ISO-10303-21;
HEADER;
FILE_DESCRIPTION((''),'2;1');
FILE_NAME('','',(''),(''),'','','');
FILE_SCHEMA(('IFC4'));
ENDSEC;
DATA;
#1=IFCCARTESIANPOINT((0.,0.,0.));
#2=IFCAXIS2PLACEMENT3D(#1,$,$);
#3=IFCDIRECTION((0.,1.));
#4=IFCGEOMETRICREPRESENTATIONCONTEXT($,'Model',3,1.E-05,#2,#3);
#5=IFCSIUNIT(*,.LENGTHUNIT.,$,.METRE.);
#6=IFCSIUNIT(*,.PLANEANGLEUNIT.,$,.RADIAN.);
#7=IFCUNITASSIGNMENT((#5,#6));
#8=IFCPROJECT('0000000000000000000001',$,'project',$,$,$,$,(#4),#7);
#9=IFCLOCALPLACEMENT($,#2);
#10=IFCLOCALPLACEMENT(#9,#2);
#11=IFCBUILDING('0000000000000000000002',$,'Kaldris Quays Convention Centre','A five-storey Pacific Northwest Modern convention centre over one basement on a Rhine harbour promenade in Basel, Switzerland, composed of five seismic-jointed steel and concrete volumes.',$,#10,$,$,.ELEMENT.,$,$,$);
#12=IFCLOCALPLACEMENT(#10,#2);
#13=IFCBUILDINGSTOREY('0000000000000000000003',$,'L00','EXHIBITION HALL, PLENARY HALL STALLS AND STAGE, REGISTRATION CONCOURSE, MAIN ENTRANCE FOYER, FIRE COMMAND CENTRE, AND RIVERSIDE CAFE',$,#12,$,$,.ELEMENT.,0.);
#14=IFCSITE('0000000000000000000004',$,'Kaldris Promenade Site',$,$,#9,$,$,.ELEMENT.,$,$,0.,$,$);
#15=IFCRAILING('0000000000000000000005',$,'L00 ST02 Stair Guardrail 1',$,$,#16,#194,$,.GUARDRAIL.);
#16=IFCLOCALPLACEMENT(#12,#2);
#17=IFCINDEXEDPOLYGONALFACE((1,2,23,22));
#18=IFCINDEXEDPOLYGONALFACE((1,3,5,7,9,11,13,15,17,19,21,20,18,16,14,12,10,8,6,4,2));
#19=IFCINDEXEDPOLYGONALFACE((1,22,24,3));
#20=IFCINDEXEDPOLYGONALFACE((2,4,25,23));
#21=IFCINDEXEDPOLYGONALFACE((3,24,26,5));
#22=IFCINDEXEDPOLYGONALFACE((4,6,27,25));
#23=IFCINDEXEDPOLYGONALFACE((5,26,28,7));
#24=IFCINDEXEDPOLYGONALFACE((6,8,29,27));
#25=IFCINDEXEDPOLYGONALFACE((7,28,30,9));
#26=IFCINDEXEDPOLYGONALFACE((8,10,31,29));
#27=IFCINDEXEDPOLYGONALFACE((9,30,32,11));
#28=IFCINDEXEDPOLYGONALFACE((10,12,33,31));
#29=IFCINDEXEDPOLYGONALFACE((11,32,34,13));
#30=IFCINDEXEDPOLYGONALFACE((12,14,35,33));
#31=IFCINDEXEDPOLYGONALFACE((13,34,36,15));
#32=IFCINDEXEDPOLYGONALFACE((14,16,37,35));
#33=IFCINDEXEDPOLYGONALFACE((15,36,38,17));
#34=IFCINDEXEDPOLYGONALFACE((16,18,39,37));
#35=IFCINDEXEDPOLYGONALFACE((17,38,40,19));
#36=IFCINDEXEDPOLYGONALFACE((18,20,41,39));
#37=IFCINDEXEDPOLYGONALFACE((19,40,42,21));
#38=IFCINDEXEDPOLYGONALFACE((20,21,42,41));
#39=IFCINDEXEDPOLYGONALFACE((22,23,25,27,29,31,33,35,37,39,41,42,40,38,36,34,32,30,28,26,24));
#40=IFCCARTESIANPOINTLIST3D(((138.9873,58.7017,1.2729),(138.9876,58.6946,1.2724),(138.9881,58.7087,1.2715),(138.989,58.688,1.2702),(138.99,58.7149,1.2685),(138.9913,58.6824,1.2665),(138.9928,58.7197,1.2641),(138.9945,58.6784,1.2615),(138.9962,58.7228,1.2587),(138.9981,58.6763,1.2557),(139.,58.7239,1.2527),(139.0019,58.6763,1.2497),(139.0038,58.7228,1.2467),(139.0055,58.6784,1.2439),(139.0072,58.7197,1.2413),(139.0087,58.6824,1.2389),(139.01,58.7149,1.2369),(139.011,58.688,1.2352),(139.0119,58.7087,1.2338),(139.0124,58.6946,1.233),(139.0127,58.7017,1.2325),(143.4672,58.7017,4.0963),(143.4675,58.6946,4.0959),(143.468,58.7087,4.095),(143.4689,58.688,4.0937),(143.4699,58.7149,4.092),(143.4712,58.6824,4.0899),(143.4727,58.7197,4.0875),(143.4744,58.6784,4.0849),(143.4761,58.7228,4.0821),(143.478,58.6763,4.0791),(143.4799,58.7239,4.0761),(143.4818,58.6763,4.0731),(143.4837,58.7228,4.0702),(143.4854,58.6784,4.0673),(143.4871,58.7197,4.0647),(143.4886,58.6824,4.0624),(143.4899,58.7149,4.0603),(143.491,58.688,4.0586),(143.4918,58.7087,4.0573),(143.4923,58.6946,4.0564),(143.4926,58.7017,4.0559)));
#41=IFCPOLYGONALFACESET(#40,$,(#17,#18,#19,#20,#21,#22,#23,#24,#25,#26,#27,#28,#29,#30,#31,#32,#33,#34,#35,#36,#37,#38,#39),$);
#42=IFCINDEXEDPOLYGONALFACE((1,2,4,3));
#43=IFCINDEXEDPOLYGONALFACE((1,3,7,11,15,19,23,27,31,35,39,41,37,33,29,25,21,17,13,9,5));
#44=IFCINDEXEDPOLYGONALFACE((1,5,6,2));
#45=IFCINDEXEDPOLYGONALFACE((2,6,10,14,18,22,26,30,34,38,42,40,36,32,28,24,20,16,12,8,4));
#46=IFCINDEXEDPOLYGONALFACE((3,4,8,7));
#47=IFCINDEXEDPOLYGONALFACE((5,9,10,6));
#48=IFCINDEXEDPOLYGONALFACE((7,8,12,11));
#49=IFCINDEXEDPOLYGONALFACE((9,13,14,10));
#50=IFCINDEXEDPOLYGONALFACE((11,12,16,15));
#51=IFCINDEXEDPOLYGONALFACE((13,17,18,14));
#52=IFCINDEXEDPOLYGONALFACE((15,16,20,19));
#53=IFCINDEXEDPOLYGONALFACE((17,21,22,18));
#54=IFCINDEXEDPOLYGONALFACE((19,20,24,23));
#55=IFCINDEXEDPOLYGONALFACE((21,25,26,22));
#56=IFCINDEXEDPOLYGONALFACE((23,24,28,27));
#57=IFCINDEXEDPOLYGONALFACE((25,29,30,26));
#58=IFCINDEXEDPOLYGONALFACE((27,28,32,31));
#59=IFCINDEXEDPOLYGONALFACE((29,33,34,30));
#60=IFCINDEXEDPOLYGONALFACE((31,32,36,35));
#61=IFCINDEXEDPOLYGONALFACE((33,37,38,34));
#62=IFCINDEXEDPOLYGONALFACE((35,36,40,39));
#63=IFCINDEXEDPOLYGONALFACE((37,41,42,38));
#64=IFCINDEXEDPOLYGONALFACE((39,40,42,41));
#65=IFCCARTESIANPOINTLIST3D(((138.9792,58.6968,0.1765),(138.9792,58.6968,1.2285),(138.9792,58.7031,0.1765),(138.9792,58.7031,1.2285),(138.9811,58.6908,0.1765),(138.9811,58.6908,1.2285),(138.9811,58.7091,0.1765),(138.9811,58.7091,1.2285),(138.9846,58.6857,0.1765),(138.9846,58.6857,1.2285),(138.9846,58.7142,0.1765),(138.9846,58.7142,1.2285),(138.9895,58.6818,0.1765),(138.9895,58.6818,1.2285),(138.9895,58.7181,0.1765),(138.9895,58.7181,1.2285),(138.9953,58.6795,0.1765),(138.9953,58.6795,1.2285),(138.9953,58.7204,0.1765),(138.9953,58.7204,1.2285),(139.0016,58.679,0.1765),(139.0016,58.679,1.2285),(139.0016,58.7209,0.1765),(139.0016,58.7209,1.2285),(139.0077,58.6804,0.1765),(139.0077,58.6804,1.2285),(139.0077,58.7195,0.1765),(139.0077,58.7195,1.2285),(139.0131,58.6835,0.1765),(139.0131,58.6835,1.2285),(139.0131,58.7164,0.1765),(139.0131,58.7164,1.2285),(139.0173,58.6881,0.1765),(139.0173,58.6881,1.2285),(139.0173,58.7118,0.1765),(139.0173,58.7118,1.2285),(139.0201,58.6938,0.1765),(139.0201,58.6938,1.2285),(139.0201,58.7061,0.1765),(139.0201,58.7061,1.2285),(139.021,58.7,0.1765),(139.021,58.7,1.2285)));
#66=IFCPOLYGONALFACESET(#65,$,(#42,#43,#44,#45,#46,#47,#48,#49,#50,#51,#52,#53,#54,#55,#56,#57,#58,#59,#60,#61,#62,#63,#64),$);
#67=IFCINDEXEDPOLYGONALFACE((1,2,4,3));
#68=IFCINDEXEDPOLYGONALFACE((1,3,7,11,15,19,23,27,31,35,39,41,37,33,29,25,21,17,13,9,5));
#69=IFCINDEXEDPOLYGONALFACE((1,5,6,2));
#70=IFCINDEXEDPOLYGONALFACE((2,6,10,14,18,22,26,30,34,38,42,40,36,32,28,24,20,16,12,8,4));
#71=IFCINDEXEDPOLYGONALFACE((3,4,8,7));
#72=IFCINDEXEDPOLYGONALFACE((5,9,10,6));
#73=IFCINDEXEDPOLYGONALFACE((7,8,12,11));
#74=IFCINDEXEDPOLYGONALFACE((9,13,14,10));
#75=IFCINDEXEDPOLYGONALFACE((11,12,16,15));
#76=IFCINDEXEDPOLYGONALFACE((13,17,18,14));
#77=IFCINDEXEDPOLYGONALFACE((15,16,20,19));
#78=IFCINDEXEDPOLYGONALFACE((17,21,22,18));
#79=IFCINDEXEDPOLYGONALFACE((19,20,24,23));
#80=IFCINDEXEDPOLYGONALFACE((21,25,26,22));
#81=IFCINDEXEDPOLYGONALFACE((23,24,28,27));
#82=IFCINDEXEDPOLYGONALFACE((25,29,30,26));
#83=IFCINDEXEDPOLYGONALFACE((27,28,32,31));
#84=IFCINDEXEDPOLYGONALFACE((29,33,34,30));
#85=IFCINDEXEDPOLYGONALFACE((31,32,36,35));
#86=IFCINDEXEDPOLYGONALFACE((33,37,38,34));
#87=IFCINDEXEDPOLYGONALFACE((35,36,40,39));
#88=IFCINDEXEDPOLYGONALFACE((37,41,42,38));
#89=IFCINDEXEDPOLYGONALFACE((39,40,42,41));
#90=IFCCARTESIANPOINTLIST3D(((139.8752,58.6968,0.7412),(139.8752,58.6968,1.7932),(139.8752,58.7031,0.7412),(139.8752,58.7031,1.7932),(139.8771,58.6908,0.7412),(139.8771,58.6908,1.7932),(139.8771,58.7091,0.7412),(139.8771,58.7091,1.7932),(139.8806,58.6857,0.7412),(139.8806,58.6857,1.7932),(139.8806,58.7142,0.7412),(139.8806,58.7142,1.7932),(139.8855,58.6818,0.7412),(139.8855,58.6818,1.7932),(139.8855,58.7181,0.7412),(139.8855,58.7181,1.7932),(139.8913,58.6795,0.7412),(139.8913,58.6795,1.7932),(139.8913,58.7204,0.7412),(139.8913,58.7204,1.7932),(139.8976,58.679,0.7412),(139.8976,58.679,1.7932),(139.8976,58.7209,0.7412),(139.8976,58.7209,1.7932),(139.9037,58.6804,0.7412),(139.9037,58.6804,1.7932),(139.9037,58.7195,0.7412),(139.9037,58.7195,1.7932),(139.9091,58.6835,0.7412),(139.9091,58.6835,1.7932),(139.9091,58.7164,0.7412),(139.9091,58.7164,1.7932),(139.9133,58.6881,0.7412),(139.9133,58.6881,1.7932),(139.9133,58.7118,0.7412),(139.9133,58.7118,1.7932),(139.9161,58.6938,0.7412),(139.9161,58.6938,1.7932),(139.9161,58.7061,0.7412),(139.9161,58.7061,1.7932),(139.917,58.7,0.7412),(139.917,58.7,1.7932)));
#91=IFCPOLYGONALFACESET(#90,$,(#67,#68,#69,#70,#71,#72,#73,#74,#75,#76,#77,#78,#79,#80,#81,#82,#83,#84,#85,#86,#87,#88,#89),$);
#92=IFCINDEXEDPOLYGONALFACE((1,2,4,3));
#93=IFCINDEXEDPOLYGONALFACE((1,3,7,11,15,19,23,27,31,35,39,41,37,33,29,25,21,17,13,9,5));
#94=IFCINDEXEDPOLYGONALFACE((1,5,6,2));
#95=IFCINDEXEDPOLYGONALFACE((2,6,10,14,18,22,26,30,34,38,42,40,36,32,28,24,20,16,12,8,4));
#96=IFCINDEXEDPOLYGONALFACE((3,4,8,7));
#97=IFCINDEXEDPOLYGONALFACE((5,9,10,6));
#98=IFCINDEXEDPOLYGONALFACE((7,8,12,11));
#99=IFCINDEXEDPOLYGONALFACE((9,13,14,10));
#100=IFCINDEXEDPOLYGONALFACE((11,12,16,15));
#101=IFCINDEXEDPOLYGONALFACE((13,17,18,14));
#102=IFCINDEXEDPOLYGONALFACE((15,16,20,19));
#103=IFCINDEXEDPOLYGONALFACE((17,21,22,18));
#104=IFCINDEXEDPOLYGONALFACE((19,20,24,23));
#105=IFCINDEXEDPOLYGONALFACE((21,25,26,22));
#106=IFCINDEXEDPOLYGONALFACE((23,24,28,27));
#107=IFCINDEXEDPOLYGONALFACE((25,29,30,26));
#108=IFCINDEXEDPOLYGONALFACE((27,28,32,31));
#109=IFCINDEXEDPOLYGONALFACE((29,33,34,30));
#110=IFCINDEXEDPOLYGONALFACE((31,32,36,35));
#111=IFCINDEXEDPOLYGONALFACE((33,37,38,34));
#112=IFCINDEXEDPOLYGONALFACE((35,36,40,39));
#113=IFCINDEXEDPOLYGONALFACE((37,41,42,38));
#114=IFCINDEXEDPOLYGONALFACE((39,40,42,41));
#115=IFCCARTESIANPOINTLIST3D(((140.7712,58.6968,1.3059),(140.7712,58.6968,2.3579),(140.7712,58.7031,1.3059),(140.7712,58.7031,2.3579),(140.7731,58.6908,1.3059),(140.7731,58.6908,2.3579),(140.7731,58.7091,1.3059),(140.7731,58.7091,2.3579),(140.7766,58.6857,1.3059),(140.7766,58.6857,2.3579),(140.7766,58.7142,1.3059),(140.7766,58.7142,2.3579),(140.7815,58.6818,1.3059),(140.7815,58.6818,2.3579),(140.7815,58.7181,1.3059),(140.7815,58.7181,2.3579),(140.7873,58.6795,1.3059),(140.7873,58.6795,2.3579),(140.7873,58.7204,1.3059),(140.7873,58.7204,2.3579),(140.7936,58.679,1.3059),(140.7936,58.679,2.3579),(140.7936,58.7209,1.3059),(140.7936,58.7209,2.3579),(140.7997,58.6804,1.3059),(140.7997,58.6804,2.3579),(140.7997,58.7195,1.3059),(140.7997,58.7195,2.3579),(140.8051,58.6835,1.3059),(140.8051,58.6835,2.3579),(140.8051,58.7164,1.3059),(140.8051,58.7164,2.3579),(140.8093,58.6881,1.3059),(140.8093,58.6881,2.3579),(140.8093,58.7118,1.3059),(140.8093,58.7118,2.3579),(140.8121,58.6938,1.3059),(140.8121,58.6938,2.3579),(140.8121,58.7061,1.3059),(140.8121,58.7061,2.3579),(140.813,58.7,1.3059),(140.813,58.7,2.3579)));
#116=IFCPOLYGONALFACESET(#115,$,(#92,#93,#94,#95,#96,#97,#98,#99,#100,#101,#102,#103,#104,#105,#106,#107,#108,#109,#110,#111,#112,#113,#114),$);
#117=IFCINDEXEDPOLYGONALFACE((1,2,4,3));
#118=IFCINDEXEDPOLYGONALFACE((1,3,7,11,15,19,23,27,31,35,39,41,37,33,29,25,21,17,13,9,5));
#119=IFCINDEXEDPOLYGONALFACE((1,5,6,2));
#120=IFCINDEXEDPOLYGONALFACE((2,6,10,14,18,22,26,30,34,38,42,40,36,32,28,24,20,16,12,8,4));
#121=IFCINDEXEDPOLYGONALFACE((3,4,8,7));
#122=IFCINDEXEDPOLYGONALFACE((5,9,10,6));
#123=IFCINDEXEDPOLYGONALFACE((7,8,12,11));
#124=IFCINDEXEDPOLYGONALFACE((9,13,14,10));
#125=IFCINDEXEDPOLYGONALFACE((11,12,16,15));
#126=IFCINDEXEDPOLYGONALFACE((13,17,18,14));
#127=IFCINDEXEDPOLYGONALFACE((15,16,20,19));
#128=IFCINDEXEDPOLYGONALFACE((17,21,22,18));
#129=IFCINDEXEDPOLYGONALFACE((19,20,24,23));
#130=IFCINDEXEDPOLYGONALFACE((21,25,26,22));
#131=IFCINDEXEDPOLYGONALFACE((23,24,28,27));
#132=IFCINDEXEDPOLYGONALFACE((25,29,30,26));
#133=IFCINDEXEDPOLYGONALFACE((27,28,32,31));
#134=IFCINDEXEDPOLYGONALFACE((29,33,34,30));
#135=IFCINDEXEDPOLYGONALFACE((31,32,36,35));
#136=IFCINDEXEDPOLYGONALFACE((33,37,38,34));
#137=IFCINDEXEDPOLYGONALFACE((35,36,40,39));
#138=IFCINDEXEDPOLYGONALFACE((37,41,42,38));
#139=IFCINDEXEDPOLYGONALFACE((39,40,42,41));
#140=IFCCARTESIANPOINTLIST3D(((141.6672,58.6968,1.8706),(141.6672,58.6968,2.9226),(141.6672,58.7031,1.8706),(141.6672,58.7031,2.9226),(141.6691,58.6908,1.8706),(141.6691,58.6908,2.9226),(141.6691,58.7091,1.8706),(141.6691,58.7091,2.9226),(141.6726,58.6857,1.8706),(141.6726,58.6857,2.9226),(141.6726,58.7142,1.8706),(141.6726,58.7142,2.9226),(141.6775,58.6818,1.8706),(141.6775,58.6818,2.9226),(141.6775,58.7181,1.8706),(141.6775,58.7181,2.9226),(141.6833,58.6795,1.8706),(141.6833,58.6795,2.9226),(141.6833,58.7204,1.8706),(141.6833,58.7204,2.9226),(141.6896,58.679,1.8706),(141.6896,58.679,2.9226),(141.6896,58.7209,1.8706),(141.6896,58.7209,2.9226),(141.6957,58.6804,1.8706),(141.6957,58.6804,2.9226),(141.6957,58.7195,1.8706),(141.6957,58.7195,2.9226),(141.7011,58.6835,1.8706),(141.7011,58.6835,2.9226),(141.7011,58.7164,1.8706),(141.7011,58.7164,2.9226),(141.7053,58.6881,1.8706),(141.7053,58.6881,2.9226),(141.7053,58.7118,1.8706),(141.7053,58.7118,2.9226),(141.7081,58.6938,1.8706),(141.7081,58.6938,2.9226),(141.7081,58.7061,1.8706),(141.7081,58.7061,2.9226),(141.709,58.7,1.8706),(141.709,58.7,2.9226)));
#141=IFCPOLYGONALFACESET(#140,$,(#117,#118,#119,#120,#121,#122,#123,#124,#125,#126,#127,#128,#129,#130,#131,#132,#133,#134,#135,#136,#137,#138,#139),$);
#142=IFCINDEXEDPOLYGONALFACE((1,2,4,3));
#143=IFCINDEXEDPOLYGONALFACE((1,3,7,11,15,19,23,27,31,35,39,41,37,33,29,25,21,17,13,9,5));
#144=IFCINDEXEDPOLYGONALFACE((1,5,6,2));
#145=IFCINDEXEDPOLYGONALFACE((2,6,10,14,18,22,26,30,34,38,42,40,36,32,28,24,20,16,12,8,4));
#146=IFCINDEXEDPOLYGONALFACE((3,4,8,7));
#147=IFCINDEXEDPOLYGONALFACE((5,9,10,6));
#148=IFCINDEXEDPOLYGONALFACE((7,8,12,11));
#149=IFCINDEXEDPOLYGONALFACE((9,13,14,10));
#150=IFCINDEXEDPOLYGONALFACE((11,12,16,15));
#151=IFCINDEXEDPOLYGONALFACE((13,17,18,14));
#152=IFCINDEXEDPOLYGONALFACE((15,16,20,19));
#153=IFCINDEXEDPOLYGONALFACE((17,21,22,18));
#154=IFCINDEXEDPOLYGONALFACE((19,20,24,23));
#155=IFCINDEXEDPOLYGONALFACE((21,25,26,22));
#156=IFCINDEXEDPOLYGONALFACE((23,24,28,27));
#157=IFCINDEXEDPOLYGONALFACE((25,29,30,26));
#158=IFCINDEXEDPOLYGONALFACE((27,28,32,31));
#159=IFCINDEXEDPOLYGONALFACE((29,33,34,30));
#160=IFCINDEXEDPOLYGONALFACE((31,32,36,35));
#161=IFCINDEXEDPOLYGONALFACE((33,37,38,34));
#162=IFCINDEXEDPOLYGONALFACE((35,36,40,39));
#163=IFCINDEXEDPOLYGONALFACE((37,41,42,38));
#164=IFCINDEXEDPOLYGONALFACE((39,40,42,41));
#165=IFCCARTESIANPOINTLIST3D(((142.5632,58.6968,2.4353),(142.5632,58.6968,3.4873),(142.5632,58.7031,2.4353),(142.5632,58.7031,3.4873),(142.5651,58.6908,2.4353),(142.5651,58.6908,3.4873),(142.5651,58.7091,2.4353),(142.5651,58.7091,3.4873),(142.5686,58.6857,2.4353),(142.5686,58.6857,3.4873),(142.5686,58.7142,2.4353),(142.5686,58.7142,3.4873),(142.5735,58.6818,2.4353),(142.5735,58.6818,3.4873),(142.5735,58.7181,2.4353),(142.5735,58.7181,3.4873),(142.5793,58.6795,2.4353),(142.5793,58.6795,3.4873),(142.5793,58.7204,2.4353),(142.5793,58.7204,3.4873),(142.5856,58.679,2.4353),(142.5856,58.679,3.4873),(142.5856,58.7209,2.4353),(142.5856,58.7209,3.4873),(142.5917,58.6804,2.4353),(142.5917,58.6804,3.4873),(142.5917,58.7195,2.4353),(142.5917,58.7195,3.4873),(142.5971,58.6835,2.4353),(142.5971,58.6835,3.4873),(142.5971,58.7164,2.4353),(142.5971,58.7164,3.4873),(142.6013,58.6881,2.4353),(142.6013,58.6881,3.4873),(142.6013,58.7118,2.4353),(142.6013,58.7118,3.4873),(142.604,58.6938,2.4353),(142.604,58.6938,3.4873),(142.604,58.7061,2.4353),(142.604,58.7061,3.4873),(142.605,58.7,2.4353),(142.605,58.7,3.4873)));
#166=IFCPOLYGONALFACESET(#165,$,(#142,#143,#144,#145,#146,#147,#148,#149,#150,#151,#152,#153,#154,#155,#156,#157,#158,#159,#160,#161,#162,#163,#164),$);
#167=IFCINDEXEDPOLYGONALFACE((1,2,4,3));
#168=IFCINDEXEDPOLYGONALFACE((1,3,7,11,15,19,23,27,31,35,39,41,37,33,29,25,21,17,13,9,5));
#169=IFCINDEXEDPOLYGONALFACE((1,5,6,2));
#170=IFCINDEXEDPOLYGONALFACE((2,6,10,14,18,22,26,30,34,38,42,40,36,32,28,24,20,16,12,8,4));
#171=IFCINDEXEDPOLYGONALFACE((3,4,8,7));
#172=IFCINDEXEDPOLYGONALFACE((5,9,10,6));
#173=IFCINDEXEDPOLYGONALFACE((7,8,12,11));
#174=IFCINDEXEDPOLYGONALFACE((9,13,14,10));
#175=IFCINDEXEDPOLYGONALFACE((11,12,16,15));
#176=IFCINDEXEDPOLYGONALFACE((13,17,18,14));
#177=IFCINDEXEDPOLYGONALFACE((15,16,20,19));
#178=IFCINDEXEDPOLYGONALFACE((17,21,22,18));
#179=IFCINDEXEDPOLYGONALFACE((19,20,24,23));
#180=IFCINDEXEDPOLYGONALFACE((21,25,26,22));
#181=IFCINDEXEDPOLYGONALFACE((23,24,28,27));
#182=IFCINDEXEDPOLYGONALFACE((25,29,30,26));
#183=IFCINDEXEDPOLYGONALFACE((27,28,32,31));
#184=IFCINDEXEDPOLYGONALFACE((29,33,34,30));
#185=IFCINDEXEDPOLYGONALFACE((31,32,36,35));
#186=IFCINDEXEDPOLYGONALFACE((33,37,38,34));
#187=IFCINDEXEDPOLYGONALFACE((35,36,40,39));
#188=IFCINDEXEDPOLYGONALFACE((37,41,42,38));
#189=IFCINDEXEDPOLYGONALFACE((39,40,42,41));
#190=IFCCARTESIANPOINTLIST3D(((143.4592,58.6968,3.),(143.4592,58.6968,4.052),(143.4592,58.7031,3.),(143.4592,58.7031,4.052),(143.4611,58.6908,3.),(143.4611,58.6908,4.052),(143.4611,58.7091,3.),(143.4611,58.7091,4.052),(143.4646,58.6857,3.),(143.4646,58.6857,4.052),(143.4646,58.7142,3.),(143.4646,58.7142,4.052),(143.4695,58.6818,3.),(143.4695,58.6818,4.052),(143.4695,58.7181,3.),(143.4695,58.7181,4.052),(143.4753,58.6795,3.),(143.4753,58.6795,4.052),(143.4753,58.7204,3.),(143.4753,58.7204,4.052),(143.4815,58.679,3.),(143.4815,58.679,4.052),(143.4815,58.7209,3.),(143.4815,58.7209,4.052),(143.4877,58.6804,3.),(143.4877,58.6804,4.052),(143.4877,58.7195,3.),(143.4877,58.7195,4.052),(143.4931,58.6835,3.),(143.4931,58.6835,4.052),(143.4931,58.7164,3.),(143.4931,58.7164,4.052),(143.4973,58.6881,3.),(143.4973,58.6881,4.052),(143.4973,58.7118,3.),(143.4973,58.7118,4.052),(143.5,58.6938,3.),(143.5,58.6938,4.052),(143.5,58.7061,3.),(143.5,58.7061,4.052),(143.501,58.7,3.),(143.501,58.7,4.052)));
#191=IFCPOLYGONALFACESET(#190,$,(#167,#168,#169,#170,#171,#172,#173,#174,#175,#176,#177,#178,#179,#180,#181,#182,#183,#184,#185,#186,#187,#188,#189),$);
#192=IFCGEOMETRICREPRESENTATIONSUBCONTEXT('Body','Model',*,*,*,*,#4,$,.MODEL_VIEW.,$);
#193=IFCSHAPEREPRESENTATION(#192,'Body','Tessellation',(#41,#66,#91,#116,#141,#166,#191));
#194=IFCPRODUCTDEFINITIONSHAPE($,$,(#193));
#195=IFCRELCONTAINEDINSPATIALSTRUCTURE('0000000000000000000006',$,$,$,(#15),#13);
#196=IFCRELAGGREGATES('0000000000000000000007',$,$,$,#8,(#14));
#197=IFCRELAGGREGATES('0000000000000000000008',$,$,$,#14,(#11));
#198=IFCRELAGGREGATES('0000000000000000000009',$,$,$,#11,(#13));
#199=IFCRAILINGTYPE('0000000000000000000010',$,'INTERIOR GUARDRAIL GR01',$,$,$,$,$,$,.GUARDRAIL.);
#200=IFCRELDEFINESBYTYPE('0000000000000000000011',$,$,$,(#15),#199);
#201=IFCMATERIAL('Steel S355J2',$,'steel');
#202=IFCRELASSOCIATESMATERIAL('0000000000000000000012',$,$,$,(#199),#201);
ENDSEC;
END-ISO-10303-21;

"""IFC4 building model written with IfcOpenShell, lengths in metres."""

from ifc_helpers import new_model, si_unit, direction, frame, origin, origin_2d, place, context, subcontext, project, spatial, circle, extrude, material, type_object, element, save


model = new_model("IFC4")

# Units and contexts
model_context = context("Model", 3, precision=1e-05, world=origin(), true_north=direction((0.0, 1.0)))
body_context = subcontext(model_context, "Body", "Model", "MODEL_VIEW")
ifc_project = project(units=[si_unit("LENGTHUNIT", "METRE"), si_unit("PLANEANGLEUNIT", "RADIAN")], contexts=[model_context])

# Site, building, storey
site_placement = place(None, origin())
site = spatial("IfcSite", under=ifc_project, at=site_placement, Name="Kaldris Promenade Site", CompositionType="ELEMENT", RefElevation=0.0)
building_placement = place(site_placement, origin())
building = spatial("IfcBuilding", under=site, at=building_placement, Name="Kaldris Quays Convention Centre", Description="A five-storey Pacific Northwest Modern convention centre over one basement on a Rhine harbour promenade in Basel, Switzerland, composed of five seismic-jointed steel and concrete volumes.", CompositionType="ELEMENT")
storey_placement = place(building_placement, origin())
storey = spatial("IfcBuildingStorey", under=building, at=storey_placement, Name="L00", Description="EXHIBITION HALL, PLENARY HALL STALLS AND STAGE, REGISTRATION CONCOURSE, MAIN ENTRANCE FOYER, FIRE COMMAND CENTRE, AND RIVERSIDE CAFE", CompositionType="ELEMENT", Elevation=0.0)

# Shared definitions
ifc_material_1 = material(Name="Steel S355J2", Category="steel")

# Railing
railing_type_1 = type_object("IfcRailingType", Name="INTERIOR GUARDRAIL GR01", PredefinedType="GUARDRAIL", material=ifc_material_1)
railing_1_placement = place(storey_placement, frame((139.0, 58.7, 0.1765)))
element("IfcRailing", 1, at=railing_1_placement, inside=storey, type_object=railing_type_1, Name="L00 ST02 Stair Guardrail 1", PredefinedType="GUARDRAIL", context=body_context, shape_type="SweptSolid", body=[
    extrude(circle(Radius=0.0239, at=origin_2d()), frame((0.0, 0.0, 1.0762), z_axis=(0.845998, 0.0, 0.533186), x_axis=(0.0, 1.0, 0.0)), (0.0, 0.0, 1.0), 5.2954),
    extrude(circle(Radius=0.021, at=origin_2d()), origin(), (0.0, 0.0, 1.0), 1.052),
    extrude(circle(Radius=0.021, at=origin_2d()), frame((0.896, 0.0, 0.5647)), (0.0, 0.0, 1.0), 1.052),
    extrude(circle(Radius=0.021, at=origin_2d()), frame((1.792, 0.0, 1.1294)), (0.0, 0.0, 1.0), 1.052),
    extrude(circle(Radius=0.021, at=origin_2d()), frame((2.688, 0.0, 1.6941)), (0.0, 0.0, 1.0), 1.052),
    extrude(circle(Radius=0.021, at=origin_2d()), frame((3.584, 0.0, 2.2588)), (0.0, 0.0, 1.0), 1.052),
    extrude(circle(Radius=0.021, at=origin_2d()), frame((4.48, 0.0, 2.8235)), (0.0, 0.0, 1.0), 1.052),
])

save(model, "model.ifc")
